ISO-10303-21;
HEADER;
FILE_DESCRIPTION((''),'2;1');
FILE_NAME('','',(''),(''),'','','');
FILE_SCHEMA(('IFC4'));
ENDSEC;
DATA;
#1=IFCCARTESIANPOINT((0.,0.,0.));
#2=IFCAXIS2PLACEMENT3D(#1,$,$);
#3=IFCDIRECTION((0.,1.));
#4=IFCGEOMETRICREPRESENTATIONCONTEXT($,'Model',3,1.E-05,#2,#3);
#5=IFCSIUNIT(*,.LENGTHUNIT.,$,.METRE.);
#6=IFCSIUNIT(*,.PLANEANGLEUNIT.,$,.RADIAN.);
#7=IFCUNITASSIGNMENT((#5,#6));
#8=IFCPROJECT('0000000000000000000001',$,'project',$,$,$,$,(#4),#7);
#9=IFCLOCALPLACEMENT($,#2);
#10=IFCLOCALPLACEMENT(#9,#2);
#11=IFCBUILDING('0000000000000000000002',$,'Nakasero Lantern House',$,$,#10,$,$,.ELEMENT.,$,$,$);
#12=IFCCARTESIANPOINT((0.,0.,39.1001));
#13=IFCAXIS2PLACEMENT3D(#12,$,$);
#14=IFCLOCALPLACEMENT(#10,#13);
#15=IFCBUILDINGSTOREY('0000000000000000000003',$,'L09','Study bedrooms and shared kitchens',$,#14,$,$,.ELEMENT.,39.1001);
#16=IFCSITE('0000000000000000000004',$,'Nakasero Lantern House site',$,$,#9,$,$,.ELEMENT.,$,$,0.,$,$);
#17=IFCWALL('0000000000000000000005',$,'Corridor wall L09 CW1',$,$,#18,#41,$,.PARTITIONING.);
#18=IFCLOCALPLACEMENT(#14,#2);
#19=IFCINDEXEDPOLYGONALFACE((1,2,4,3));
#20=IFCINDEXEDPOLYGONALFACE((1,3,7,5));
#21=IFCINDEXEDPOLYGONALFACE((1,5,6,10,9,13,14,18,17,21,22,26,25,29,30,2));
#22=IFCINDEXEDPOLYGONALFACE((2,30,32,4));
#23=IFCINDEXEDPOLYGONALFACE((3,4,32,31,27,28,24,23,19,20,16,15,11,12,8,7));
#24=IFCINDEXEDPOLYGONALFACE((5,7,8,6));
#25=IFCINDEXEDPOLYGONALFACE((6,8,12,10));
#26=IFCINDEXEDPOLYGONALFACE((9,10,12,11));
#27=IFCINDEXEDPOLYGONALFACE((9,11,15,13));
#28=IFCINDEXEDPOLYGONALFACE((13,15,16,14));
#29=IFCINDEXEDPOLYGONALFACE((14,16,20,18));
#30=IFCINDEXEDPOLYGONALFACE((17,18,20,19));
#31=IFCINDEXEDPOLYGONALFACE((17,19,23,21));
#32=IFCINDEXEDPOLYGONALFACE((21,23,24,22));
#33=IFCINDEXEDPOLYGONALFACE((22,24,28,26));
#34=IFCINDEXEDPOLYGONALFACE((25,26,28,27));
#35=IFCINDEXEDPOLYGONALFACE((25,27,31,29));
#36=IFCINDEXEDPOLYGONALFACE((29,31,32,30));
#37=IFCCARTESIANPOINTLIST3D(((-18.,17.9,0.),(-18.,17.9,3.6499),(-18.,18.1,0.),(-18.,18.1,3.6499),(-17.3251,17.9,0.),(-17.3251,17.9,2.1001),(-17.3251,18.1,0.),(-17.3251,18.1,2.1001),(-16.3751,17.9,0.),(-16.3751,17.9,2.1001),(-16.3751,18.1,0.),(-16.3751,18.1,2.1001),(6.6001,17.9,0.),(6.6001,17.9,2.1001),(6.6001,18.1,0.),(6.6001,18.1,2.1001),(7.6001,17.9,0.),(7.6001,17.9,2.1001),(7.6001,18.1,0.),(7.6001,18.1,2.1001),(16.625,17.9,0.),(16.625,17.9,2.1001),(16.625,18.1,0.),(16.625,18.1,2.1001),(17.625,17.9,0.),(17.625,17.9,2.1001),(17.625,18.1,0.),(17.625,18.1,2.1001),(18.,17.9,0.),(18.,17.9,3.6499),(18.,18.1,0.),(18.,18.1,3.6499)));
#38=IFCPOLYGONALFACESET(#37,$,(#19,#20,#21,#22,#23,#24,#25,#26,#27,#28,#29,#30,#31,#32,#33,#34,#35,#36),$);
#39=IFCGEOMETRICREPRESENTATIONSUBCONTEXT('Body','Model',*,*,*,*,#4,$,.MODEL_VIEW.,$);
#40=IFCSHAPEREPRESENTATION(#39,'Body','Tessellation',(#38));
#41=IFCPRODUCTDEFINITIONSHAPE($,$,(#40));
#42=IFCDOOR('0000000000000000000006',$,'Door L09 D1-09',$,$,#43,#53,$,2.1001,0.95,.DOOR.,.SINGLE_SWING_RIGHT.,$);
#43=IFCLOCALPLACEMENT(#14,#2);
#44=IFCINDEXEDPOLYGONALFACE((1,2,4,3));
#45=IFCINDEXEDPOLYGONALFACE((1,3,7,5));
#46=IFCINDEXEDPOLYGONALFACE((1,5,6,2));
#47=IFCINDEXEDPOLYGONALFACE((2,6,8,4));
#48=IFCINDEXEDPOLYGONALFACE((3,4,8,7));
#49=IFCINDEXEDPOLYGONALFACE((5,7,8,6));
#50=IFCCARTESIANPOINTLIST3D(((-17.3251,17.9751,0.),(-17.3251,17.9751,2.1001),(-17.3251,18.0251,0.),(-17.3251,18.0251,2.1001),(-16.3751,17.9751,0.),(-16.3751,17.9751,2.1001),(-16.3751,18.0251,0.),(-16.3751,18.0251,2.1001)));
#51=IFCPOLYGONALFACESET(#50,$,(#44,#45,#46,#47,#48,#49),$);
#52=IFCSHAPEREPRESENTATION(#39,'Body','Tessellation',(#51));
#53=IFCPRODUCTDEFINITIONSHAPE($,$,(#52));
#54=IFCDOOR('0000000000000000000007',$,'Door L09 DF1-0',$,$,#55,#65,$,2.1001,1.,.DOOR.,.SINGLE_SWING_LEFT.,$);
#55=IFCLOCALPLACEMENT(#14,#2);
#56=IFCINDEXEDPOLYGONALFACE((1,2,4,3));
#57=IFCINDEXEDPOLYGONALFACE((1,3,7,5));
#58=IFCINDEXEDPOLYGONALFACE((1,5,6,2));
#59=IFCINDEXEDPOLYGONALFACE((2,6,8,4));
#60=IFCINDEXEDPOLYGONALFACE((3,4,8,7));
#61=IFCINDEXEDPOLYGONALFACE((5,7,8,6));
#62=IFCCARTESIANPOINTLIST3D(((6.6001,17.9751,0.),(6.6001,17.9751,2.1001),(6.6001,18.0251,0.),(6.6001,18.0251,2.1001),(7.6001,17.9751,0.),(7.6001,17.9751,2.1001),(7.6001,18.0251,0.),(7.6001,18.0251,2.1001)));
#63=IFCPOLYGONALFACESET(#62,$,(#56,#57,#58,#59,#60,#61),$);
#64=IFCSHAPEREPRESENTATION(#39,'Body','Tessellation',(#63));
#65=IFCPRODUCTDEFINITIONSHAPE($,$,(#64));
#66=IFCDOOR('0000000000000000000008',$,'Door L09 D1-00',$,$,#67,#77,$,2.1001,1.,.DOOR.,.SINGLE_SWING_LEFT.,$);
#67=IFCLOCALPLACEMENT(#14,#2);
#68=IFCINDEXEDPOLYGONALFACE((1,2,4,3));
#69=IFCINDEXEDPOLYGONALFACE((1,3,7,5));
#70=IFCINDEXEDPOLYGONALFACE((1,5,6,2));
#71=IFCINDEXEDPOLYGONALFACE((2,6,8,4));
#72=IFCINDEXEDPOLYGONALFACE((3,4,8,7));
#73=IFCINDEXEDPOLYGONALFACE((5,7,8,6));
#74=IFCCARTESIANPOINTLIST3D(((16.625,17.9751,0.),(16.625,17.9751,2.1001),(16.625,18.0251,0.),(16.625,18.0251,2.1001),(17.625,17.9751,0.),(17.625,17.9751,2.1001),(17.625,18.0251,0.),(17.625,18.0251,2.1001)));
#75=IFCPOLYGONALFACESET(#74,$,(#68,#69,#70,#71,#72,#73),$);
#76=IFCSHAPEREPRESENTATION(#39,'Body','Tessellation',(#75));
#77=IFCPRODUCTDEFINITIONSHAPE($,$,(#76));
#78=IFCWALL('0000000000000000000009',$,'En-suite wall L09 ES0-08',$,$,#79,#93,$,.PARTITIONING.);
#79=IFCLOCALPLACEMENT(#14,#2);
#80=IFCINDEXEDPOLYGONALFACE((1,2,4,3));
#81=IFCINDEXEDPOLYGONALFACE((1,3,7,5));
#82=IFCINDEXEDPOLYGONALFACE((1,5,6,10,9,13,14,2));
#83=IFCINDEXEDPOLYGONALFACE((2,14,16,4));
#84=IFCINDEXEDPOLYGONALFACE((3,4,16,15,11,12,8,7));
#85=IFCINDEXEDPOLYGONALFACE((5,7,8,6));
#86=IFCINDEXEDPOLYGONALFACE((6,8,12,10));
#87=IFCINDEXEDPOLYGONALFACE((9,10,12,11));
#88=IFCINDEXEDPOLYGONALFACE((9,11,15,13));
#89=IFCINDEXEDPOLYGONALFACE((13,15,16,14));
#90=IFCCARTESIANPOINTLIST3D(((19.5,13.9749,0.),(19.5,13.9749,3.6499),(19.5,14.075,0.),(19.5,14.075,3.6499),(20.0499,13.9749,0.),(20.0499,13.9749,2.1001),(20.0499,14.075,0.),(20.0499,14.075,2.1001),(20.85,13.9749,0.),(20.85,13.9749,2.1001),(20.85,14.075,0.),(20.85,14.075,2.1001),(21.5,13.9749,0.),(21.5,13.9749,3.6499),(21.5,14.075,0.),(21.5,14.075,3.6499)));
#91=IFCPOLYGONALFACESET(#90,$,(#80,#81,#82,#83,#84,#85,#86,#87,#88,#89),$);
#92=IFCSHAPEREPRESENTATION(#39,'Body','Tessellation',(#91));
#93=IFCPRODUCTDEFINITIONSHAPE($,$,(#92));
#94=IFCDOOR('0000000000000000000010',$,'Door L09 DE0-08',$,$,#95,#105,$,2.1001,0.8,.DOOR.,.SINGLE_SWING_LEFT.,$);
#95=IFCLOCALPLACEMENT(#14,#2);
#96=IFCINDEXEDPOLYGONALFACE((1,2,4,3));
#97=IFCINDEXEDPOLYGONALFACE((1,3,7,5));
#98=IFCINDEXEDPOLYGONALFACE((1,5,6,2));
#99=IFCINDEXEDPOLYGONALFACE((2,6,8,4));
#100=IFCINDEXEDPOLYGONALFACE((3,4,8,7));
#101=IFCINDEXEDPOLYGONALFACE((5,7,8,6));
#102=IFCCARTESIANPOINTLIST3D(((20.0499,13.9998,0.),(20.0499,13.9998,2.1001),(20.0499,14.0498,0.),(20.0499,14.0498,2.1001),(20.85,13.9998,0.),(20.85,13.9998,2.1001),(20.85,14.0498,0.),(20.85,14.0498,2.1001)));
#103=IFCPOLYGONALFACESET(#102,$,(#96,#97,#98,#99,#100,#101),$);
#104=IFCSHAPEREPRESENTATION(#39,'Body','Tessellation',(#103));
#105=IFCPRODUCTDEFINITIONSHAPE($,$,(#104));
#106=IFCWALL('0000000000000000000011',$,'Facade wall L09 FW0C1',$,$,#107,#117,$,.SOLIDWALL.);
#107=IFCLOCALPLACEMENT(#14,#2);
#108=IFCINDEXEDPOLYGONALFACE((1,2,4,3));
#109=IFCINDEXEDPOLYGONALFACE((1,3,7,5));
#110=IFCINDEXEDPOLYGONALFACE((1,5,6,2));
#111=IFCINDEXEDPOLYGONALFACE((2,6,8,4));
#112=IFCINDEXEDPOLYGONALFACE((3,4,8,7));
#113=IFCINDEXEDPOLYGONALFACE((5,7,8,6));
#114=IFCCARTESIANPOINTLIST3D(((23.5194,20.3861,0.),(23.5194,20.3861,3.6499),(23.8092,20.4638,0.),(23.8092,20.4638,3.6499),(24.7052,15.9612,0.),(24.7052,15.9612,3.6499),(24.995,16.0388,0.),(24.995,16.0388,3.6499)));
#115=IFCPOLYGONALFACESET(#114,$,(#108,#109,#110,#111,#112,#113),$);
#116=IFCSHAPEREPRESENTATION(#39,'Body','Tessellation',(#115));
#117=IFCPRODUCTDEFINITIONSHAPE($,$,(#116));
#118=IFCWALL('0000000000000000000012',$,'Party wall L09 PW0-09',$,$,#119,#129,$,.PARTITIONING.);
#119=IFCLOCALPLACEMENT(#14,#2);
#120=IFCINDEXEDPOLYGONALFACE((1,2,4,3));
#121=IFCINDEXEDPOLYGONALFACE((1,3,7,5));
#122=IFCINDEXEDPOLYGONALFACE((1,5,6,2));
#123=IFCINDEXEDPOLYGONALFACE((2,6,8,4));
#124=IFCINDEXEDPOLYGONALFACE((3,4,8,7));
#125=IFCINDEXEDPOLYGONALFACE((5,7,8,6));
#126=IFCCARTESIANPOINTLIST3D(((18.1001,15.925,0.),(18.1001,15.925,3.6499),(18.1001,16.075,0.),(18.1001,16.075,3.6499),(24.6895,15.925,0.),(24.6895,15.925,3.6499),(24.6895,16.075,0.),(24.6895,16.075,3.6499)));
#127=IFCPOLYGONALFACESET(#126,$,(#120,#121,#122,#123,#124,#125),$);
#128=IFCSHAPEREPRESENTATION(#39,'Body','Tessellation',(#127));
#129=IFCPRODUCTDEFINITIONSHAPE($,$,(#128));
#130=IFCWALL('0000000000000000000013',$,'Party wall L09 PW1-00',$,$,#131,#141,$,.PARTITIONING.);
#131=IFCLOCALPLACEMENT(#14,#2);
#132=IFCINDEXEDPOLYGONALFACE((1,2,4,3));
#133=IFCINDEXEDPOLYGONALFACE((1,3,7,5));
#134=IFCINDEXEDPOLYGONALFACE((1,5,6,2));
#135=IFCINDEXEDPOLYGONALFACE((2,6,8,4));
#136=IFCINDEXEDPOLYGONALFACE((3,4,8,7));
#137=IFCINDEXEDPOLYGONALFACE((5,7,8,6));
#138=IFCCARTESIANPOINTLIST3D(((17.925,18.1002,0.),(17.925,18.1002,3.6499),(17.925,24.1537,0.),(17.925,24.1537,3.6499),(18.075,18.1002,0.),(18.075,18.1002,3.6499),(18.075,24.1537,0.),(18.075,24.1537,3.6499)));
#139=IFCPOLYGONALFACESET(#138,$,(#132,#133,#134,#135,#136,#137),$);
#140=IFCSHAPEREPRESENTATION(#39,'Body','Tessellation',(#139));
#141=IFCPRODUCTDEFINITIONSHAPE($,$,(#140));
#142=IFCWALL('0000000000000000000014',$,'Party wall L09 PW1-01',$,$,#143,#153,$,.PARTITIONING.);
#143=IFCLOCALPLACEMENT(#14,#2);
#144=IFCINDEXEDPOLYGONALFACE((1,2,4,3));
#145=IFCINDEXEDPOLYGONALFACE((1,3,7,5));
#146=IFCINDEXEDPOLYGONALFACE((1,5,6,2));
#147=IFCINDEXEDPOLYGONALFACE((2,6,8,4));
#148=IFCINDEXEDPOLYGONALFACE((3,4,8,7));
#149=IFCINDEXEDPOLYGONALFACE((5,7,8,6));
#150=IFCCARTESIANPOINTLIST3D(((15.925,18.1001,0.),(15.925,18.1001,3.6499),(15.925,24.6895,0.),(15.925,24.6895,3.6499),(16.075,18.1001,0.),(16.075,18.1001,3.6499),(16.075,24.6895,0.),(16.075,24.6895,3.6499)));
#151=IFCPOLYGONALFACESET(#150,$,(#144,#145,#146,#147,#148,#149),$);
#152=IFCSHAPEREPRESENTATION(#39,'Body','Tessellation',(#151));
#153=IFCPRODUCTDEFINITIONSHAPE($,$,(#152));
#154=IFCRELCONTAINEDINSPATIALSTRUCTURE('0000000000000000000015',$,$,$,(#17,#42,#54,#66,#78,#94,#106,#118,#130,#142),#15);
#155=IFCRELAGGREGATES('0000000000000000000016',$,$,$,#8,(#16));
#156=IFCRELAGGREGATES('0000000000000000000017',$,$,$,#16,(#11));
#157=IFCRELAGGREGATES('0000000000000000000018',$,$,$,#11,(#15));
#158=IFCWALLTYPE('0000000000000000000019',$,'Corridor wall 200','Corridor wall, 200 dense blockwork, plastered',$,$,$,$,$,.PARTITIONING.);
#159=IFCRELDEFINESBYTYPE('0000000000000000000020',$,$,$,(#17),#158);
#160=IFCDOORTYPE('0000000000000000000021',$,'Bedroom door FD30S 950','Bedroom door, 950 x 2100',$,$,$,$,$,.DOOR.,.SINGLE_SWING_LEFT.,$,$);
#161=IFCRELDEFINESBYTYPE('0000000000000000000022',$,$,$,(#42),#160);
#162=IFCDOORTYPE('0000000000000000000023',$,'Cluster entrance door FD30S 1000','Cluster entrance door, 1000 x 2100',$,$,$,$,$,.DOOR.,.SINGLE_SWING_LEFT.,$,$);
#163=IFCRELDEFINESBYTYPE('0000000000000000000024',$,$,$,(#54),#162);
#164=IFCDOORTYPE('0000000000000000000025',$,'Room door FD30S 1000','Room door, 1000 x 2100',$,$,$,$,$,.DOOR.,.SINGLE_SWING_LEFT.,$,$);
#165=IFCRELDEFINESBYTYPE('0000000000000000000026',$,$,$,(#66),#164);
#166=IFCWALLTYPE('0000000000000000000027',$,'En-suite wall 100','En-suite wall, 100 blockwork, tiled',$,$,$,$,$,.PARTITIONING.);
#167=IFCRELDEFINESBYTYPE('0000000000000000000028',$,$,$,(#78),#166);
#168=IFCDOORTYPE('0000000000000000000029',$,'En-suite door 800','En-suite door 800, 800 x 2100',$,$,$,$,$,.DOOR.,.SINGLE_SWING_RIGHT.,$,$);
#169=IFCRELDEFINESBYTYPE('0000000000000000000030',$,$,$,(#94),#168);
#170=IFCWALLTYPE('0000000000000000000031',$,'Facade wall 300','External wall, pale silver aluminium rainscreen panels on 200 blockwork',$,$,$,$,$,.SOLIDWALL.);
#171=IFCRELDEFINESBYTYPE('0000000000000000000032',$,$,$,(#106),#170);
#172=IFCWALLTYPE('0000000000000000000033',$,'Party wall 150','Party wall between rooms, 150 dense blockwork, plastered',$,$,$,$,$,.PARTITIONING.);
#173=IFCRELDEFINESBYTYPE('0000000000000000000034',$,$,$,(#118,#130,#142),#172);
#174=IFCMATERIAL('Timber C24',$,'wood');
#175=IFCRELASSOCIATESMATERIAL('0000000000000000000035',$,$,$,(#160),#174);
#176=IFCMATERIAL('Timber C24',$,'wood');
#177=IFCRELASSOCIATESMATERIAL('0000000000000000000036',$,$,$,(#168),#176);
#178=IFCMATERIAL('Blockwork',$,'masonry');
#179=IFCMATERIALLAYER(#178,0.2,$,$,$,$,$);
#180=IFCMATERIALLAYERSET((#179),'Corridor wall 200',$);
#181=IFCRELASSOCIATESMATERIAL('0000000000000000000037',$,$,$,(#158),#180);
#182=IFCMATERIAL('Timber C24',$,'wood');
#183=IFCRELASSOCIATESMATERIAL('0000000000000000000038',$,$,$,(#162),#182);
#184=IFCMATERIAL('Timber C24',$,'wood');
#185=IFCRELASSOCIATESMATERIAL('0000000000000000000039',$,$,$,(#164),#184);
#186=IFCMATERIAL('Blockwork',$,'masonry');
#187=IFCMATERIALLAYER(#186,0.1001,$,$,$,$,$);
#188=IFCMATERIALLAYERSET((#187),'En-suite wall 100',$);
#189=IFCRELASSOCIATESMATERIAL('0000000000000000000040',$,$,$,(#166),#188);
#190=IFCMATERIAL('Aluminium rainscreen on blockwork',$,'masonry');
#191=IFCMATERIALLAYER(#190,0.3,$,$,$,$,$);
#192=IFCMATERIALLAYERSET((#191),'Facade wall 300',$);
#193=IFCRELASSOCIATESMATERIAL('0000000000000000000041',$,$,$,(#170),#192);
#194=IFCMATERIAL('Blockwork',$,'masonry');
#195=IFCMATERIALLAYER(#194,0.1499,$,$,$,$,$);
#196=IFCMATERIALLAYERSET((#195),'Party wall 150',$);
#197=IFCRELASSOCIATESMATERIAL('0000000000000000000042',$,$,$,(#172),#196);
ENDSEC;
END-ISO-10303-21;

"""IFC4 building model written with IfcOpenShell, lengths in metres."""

from ifc_helpers import new_model, si_unit, direction, frame, frame_2d, origin, place, context, subcontext, project, spatial, rectangle, extrude, material, layer, layer_set, type_object, element, fill, save


model = new_model("IFC4")

# Units and contexts
model_context = context("Model", 3, precision=1e-05, world=origin(), true_north=direction((0.0, 1.0)))
body_context = subcontext(model_context, "Body", "Model", "MODEL_VIEW")
ifc_project = project(units=[si_unit("LENGTHUNIT", "METRE"), si_unit("PLANEANGLEUNIT", "RADIAN")], contexts=[model_context])

# Site, building, storey
site_placement = place(None, origin())
site = spatial("IfcSite", under=ifc_project, at=site_placement, Name="Nakasero Lantern House site", CompositionType="ELEMENT", RefElevation=0.0)
building_placement = place(site_placement, origin())
building = spatial("IfcBuilding", under=site, at=building_placement, Name="Nakasero Lantern House", CompositionType="ELEMENT")
storey_placement = place(building_placement, frame((0.0, 0.0, 39.1001)))
storey = spatial("IfcBuildingStorey", under=building, at=storey_placement, Name="L09", Description="Study bedrooms and shared kitchens", CompositionType="ELEMENT", Elevation=39.1001)

# Wall, openings, doors
ifc_material_1 = material(Name="Timber C24", Category="wood")
door_type_1 = type_object("IfcDoorType", Name="Bedroom door FD30S 950", Description="Bedroom door, 950 x 2100", OperationType="SINGLE_SWING_LEFT", PredefinedType="DOOR", material=ifc_material_1)
ifc_material_2 = material(Name="Timber C24", Category="wood")
door_type_2 = type_object("IfcDoorType", Name="En-suite door 800", Description="En-suite door 800, 800 x 2100", OperationType="SINGLE_SWING_RIGHT", PredefinedType="DOOR", material=ifc_material_2)
ifc_material_3 = material(Name="Blockwork", Category="masonry")
ifc_layer_1 = layer(ifc_material_3, 0.2)
ifc_layer_set_1 = layer_set([ifc_layer_1], Name="Corridor wall 200")
wall_type_1 = type_object("IfcWallType", Name="Corridor wall 200", Description="Corridor wall, 200 dense blockwork, plastered", PredefinedType="PARTITIONING", material=ifc_layer_set_1)
wall_1_placement = place(storey_placement, frame((18.0, 18.0, 0.0), z_axis=(0.0, 0.0, 1.0), x_axis=(-1.0, 0.0, 0.0)))
wall_1 = element("IfcWall", 1, at=wall_1_placement, inside=storey, type_object=wall_type_1, Name="Corridor wall L09 CW1", PredefinedType="PARTITIONING", context=body_context, shape_type="SweptSolid", body=[
    extrude(rectangle(XDim=36.0, YDim=0.2, at=frame_2d((18.0, 0.0))), origin(), (0.0, 0.0, 1.0), 3.6499),
])
opening_1_placement = place(wall_1_placement, frame((10.3999, 0.0, 0.0)))
opening_1 = element("IfcOpeningElement", 2, at=opening_1_placement, cuts=wall_1, PredefinedType="OPENING", context=body_context, shape_type="SweptSolid", body=[
    extrude(rectangle(XDim=1.0, YDim=2.1001, at=frame_2d((0.5, 1.05))), frame((0.0, 0.1199, 0.0), z_axis=(0.0, -1.0, 0.0), x_axis=(1.0, 0.0, 0.0)), (0.0, 0.0, 1.0), 0.24),
])
opening_2_placement = place(wall_1_placement, frame((0.375, 0.0, 0.0)))
opening_2 = element("IfcOpeningElement", 3, at=opening_2_placement, cuts=wall_1, PredefinedType="OPENING", context=body_context, shape_type="SweptSolid", body=[
    extrude(rectangle(XDim=1.0, YDim=2.1001, at=frame_2d((0.5, 1.05))), frame((0.0, 0.1199, 0.0), z_axis=(0.0, -1.0, 0.0), x_axis=(1.0, 0.0, 0.0)), (0.0, 0.0, 1.0), 0.24),
])
opening_3_placement = place(wall_1_placement, frame((34.375, 0.0, 0.0)))
opening_3 = element("IfcOpeningElement", 4, at=opening_3_placement, cuts=wall_1, PredefinedType="OPENING", context=body_context, shape_type="SweptSolid", body=[
    extrude(rectangle(XDim=0.95, YDim=2.1001, at=frame_2d((0.4751, 1.05))), frame((0.0, 0.1199, 0.0), z_axis=(0.0, -1.0, 0.0), x_axis=(1.0, 0.0, 0.0)), (0.0, 0.0, 1.0), 0.24),
])
door_1_placement = place(opening_3_placement, origin())
door_1 = element("IfcDoor", 5, at=door_1_placement, inside=storey, type_object=door_type_1, Name="Door L09 D1-09", OperationType="SINGLE_SWING_RIGHT", OverallHeight=2.1001, OverallWidth=0.95, PredefinedType="DOOR", context=body_context, shape_type="SweptSolid", body=[
    extrude(rectangle(XDim=0.95, YDim=2.1001, at=frame_2d((0.4751, 1.05))), frame((0.0, 0.0249, 0.0), z_axis=(0.0, -1.0, 0.0), x_axis=(1.0, 0.0, 0.0)), (0.0, 0.0, 1.0), 0.05),
])
fill(opening_3, door_1)
ifc_material_4 = material(Name="Timber C24", Category="wood")
door_type_3 = type_object("IfcDoorType", Name="Cluster entrance door FD30S 1000", Description="Cluster entrance door, 1000 x 2100", OperationType="SINGLE_SWING_LEFT", PredefinedType="DOOR", material=ifc_material_4)
door_2_placement = place(opening_1_placement, origin())
door_2 = element("IfcDoor", 6, at=door_2_placement, inside=storey, type_object=door_type_3, Name="Door L09 DF1-0", OperationType="SINGLE_SWING_LEFT", OverallHeight=2.1001, OverallWidth=1.0, PredefinedType="DOOR", context=body_context, shape_type="SweptSolid", body=[
    extrude(rectangle(XDim=1.0, YDim=2.1001, at=frame_2d((0.5, 1.05))), frame((0.0, 0.0249, 0.0), z_axis=(0.0, -1.0, 0.0), x_axis=(1.0, 0.0, 0.0)), (0.0, 0.0, 1.0), 0.05),
])
fill(opening_1, door_2)
ifc_material_5 = material(Name="Timber C24", Category="wood")
door_type_4 = type_object("IfcDoorType", Name="Room door FD30S 1000", Description="Room door, 1000 x 2100", OperationType="SINGLE_SWING_LEFT", PredefinedType="DOOR", material=ifc_material_5)
door_3_placement = place(opening_2_placement, origin())
door_3 = element("IfcDoor", 7, at=door_3_placement, inside=storey, type_object=door_type_4, Name="Door L09 D1-00", OperationType="SINGLE_SWING_LEFT", OverallHeight=2.1001, OverallWidth=1.0, PredefinedType="DOOR", context=body_context, shape_type="SweptSolid", body=[
    extrude(rectangle(XDim=1.0, YDim=2.1001, at=frame_2d((0.5, 1.05))), frame((0.0, 0.0249, 0.0), z_axis=(0.0, -1.0, 0.0), x_axis=(1.0, 0.0, 0.0)), (0.0, 0.0, 1.0), 0.05),
])
fill(opening_2, door_3)

# Wall, opening, door
ifc_material_6 = material(Name="Blockwork", Category="masonry")
ifc_layer_2 = layer(ifc_material_6, 0.1001)
ifc_layer_set_2 = layer_set([ifc_layer_2], Name="En-suite wall 100")
wall_type_2 = type_object("IfcWallType", Name="En-suite wall 100", Description="En-suite wall, 100 blockwork, tiled", PredefinedType="PARTITIONING", material=ifc_layer_set_2)
wall_2_placement = place(storey_placement, frame((19.5, 14.0249, 0.0), z_axis=(0.0, 0.0, 1.0), x_axis=(1.0, 0.0, 0.0)))
wall_2 = element("IfcWall", 8, at=wall_2_placement, inside=storey, type_object=wall_type_2, Name="En-suite wall L09 ES0-08", PredefinedType="PARTITIONING", context=body_context, shape_type="SweptSolid", body=[
    extrude(rectangle(XDim=2.0, YDim=0.1001, at=frame_2d((1.0, 0.0))), origin(), (0.0, 0.0, 1.0), 3.6499),
])
opening_4_placement = place(wall_2_placement, frame((0.55, 0.0, 0.0)))
opening_4 = element("IfcOpeningElement", 9, at=opening_4_placement, cuts=wall_2, PredefinedType="OPENING", context=body_context, shape_type="SweptSolid", body=[
    extrude(rectangle(XDim=0.8, YDim=2.1001, at=frame_2d((0.3999, 1.05))), frame((0.0, 0.0701, 0.0), z_axis=(0.0, -1.0, 0.0), x_axis=(1.0, 0.0, 0.0)), (0.0, 0.0, 1.0), 0.1401),
])
door_4_placement = place(opening_4_placement, origin())
door_4 = element("IfcDoor", 10, at=door_4_placement, inside=storey, type_object=door_type_2, Name="Door L09 DE0-08", OperationType="SINGLE_SWING_LEFT", OverallHeight=2.1001, OverallWidth=0.8, PredefinedType="DOOR", context=body_context, shape_type="SweptSolid", body=[
    extrude(rectangle(XDim=0.8, YDim=2.1001, at=frame_2d((0.3999, 1.05))), frame((0.0, 0.0249, 0.0), z_axis=(0.0, -1.0, 0.0), x_axis=(1.0, 0.0, 0.0)), (0.0, 0.0, 1.0), 0.05),
])
fill(opening_4, door_4)

# Walls
ifc_material_7 = material(Name="Aluminium rainscreen on blockwork", Category="masonry")
ifc_layer_3 = layer(ifc_material_7, 0.3)
ifc_layer_set_3 = layer_set([ifc_layer_3], Name="Facade wall 300")
wall_type_3 = type_object("IfcWallType", Name="Facade wall 300", Description="External wall, pale silver aluminium rainscreen panels on 200 blockwork", PredefinedType="SOLIDWALL", material=ifc_layer_set_3)
wall_3_placement = place(storey_placement, frame((24.8501, 16.0, 0.0), z_axis=(0.0, 0.0, 1.0), x_axis=(-0.25884, 0.96592, 0.0)))
element("IfcWall", 11, at=wall_3_placement, inside=storey, type_object=wall_type_3, Name="Facade wall L09 FW0C1", PredefinedType="SOLIDWALL", context=body_context, shape_type="SweptSolid", body=[
    extrude(rectangle(XDim=4.5811, YDim=0.3, at=frame_2d((2.2905, 0.0))), origin(), (0.0, 0.0, 1.0), 3.6499),
])
ifc_material_8 = material(Name="Blockwork", Category="masonry")
ifc_layer_4 = layer(ifc_material_8, 0.1499)
ifc_layer_set_4 = layer_set([ifc_layer_4], Name="Party wall 150")
wall_type_4 = type_object("IfcWallType", Name="Party wall 150", Description="Party wall between rooms, 150 dense blockwork, plastered", PredefinedType="PARTITIONING", material=ifc_layer_set_4)
wall_4_placement = place(storey_placement, frame((18.1001, 16.0, 0.0), z_axis=(0.0, 0.0, 1.0), x_axis=(1.0, 0.0, 0.0)))
element("IfcWall", 12, at=wall_4_placement, inside=storey, type_object=wall_type_4, Name="Party wall L09 PW0-09", PredefinedType="PARTITIONING", context=body_context, shape_type="SweptSolid", body=[
    extrude(rectangle(XDim=6.5894, YDim=0.1499, at=frame_2d((3.2947, 0.0))), origin(), (0.0, 0.0, 1.0), 3.6499),
])
wall_5_placement = place(storey_placement, frame((18.0, 18.1001, 0.0), z_axis=(0.0, 0.0, 1.0), x_axis=(0.0, 1.0, 0.0)))
element("IfcWall", 13, at=wall_5_placement, inside=storey, type_object=wall_type_4, Name="Party wall L09 PW1-00", PredefinedType="PARTITIONING", context=body_context, shape_type="SweptSolid", body=[
    extrude(rectangle(XDim=6.0535, YDim=0.1499, at=frame_2d((3.0269, 0.0))), origin(), (0.0, 0.0, 1.0), 3.6499),
])
wall_6_placement = place(storey_placement, frame((16.0, 18.1001, 0.0), z_axis=(0.0, 0.0, 1.0), x_axis=(0.0, 1.0, 0.0)))
element("IfcWall", 14, at=wall_6_placement, inside=storey, type_object=wall_type_4, Name="Party wall L09 PW1-01", PredefinedType="PARTITIONING", context=body_context, shape_type="SweptSolid", body=[
    extrude(rectangle(XDim=6.5894, YDim=0.1499, at=frame_2d((3.2947, 0.0))), origin(), (0.0, 0.0, 1.0), 3.6499),
])

save(model, "model.ifc")
